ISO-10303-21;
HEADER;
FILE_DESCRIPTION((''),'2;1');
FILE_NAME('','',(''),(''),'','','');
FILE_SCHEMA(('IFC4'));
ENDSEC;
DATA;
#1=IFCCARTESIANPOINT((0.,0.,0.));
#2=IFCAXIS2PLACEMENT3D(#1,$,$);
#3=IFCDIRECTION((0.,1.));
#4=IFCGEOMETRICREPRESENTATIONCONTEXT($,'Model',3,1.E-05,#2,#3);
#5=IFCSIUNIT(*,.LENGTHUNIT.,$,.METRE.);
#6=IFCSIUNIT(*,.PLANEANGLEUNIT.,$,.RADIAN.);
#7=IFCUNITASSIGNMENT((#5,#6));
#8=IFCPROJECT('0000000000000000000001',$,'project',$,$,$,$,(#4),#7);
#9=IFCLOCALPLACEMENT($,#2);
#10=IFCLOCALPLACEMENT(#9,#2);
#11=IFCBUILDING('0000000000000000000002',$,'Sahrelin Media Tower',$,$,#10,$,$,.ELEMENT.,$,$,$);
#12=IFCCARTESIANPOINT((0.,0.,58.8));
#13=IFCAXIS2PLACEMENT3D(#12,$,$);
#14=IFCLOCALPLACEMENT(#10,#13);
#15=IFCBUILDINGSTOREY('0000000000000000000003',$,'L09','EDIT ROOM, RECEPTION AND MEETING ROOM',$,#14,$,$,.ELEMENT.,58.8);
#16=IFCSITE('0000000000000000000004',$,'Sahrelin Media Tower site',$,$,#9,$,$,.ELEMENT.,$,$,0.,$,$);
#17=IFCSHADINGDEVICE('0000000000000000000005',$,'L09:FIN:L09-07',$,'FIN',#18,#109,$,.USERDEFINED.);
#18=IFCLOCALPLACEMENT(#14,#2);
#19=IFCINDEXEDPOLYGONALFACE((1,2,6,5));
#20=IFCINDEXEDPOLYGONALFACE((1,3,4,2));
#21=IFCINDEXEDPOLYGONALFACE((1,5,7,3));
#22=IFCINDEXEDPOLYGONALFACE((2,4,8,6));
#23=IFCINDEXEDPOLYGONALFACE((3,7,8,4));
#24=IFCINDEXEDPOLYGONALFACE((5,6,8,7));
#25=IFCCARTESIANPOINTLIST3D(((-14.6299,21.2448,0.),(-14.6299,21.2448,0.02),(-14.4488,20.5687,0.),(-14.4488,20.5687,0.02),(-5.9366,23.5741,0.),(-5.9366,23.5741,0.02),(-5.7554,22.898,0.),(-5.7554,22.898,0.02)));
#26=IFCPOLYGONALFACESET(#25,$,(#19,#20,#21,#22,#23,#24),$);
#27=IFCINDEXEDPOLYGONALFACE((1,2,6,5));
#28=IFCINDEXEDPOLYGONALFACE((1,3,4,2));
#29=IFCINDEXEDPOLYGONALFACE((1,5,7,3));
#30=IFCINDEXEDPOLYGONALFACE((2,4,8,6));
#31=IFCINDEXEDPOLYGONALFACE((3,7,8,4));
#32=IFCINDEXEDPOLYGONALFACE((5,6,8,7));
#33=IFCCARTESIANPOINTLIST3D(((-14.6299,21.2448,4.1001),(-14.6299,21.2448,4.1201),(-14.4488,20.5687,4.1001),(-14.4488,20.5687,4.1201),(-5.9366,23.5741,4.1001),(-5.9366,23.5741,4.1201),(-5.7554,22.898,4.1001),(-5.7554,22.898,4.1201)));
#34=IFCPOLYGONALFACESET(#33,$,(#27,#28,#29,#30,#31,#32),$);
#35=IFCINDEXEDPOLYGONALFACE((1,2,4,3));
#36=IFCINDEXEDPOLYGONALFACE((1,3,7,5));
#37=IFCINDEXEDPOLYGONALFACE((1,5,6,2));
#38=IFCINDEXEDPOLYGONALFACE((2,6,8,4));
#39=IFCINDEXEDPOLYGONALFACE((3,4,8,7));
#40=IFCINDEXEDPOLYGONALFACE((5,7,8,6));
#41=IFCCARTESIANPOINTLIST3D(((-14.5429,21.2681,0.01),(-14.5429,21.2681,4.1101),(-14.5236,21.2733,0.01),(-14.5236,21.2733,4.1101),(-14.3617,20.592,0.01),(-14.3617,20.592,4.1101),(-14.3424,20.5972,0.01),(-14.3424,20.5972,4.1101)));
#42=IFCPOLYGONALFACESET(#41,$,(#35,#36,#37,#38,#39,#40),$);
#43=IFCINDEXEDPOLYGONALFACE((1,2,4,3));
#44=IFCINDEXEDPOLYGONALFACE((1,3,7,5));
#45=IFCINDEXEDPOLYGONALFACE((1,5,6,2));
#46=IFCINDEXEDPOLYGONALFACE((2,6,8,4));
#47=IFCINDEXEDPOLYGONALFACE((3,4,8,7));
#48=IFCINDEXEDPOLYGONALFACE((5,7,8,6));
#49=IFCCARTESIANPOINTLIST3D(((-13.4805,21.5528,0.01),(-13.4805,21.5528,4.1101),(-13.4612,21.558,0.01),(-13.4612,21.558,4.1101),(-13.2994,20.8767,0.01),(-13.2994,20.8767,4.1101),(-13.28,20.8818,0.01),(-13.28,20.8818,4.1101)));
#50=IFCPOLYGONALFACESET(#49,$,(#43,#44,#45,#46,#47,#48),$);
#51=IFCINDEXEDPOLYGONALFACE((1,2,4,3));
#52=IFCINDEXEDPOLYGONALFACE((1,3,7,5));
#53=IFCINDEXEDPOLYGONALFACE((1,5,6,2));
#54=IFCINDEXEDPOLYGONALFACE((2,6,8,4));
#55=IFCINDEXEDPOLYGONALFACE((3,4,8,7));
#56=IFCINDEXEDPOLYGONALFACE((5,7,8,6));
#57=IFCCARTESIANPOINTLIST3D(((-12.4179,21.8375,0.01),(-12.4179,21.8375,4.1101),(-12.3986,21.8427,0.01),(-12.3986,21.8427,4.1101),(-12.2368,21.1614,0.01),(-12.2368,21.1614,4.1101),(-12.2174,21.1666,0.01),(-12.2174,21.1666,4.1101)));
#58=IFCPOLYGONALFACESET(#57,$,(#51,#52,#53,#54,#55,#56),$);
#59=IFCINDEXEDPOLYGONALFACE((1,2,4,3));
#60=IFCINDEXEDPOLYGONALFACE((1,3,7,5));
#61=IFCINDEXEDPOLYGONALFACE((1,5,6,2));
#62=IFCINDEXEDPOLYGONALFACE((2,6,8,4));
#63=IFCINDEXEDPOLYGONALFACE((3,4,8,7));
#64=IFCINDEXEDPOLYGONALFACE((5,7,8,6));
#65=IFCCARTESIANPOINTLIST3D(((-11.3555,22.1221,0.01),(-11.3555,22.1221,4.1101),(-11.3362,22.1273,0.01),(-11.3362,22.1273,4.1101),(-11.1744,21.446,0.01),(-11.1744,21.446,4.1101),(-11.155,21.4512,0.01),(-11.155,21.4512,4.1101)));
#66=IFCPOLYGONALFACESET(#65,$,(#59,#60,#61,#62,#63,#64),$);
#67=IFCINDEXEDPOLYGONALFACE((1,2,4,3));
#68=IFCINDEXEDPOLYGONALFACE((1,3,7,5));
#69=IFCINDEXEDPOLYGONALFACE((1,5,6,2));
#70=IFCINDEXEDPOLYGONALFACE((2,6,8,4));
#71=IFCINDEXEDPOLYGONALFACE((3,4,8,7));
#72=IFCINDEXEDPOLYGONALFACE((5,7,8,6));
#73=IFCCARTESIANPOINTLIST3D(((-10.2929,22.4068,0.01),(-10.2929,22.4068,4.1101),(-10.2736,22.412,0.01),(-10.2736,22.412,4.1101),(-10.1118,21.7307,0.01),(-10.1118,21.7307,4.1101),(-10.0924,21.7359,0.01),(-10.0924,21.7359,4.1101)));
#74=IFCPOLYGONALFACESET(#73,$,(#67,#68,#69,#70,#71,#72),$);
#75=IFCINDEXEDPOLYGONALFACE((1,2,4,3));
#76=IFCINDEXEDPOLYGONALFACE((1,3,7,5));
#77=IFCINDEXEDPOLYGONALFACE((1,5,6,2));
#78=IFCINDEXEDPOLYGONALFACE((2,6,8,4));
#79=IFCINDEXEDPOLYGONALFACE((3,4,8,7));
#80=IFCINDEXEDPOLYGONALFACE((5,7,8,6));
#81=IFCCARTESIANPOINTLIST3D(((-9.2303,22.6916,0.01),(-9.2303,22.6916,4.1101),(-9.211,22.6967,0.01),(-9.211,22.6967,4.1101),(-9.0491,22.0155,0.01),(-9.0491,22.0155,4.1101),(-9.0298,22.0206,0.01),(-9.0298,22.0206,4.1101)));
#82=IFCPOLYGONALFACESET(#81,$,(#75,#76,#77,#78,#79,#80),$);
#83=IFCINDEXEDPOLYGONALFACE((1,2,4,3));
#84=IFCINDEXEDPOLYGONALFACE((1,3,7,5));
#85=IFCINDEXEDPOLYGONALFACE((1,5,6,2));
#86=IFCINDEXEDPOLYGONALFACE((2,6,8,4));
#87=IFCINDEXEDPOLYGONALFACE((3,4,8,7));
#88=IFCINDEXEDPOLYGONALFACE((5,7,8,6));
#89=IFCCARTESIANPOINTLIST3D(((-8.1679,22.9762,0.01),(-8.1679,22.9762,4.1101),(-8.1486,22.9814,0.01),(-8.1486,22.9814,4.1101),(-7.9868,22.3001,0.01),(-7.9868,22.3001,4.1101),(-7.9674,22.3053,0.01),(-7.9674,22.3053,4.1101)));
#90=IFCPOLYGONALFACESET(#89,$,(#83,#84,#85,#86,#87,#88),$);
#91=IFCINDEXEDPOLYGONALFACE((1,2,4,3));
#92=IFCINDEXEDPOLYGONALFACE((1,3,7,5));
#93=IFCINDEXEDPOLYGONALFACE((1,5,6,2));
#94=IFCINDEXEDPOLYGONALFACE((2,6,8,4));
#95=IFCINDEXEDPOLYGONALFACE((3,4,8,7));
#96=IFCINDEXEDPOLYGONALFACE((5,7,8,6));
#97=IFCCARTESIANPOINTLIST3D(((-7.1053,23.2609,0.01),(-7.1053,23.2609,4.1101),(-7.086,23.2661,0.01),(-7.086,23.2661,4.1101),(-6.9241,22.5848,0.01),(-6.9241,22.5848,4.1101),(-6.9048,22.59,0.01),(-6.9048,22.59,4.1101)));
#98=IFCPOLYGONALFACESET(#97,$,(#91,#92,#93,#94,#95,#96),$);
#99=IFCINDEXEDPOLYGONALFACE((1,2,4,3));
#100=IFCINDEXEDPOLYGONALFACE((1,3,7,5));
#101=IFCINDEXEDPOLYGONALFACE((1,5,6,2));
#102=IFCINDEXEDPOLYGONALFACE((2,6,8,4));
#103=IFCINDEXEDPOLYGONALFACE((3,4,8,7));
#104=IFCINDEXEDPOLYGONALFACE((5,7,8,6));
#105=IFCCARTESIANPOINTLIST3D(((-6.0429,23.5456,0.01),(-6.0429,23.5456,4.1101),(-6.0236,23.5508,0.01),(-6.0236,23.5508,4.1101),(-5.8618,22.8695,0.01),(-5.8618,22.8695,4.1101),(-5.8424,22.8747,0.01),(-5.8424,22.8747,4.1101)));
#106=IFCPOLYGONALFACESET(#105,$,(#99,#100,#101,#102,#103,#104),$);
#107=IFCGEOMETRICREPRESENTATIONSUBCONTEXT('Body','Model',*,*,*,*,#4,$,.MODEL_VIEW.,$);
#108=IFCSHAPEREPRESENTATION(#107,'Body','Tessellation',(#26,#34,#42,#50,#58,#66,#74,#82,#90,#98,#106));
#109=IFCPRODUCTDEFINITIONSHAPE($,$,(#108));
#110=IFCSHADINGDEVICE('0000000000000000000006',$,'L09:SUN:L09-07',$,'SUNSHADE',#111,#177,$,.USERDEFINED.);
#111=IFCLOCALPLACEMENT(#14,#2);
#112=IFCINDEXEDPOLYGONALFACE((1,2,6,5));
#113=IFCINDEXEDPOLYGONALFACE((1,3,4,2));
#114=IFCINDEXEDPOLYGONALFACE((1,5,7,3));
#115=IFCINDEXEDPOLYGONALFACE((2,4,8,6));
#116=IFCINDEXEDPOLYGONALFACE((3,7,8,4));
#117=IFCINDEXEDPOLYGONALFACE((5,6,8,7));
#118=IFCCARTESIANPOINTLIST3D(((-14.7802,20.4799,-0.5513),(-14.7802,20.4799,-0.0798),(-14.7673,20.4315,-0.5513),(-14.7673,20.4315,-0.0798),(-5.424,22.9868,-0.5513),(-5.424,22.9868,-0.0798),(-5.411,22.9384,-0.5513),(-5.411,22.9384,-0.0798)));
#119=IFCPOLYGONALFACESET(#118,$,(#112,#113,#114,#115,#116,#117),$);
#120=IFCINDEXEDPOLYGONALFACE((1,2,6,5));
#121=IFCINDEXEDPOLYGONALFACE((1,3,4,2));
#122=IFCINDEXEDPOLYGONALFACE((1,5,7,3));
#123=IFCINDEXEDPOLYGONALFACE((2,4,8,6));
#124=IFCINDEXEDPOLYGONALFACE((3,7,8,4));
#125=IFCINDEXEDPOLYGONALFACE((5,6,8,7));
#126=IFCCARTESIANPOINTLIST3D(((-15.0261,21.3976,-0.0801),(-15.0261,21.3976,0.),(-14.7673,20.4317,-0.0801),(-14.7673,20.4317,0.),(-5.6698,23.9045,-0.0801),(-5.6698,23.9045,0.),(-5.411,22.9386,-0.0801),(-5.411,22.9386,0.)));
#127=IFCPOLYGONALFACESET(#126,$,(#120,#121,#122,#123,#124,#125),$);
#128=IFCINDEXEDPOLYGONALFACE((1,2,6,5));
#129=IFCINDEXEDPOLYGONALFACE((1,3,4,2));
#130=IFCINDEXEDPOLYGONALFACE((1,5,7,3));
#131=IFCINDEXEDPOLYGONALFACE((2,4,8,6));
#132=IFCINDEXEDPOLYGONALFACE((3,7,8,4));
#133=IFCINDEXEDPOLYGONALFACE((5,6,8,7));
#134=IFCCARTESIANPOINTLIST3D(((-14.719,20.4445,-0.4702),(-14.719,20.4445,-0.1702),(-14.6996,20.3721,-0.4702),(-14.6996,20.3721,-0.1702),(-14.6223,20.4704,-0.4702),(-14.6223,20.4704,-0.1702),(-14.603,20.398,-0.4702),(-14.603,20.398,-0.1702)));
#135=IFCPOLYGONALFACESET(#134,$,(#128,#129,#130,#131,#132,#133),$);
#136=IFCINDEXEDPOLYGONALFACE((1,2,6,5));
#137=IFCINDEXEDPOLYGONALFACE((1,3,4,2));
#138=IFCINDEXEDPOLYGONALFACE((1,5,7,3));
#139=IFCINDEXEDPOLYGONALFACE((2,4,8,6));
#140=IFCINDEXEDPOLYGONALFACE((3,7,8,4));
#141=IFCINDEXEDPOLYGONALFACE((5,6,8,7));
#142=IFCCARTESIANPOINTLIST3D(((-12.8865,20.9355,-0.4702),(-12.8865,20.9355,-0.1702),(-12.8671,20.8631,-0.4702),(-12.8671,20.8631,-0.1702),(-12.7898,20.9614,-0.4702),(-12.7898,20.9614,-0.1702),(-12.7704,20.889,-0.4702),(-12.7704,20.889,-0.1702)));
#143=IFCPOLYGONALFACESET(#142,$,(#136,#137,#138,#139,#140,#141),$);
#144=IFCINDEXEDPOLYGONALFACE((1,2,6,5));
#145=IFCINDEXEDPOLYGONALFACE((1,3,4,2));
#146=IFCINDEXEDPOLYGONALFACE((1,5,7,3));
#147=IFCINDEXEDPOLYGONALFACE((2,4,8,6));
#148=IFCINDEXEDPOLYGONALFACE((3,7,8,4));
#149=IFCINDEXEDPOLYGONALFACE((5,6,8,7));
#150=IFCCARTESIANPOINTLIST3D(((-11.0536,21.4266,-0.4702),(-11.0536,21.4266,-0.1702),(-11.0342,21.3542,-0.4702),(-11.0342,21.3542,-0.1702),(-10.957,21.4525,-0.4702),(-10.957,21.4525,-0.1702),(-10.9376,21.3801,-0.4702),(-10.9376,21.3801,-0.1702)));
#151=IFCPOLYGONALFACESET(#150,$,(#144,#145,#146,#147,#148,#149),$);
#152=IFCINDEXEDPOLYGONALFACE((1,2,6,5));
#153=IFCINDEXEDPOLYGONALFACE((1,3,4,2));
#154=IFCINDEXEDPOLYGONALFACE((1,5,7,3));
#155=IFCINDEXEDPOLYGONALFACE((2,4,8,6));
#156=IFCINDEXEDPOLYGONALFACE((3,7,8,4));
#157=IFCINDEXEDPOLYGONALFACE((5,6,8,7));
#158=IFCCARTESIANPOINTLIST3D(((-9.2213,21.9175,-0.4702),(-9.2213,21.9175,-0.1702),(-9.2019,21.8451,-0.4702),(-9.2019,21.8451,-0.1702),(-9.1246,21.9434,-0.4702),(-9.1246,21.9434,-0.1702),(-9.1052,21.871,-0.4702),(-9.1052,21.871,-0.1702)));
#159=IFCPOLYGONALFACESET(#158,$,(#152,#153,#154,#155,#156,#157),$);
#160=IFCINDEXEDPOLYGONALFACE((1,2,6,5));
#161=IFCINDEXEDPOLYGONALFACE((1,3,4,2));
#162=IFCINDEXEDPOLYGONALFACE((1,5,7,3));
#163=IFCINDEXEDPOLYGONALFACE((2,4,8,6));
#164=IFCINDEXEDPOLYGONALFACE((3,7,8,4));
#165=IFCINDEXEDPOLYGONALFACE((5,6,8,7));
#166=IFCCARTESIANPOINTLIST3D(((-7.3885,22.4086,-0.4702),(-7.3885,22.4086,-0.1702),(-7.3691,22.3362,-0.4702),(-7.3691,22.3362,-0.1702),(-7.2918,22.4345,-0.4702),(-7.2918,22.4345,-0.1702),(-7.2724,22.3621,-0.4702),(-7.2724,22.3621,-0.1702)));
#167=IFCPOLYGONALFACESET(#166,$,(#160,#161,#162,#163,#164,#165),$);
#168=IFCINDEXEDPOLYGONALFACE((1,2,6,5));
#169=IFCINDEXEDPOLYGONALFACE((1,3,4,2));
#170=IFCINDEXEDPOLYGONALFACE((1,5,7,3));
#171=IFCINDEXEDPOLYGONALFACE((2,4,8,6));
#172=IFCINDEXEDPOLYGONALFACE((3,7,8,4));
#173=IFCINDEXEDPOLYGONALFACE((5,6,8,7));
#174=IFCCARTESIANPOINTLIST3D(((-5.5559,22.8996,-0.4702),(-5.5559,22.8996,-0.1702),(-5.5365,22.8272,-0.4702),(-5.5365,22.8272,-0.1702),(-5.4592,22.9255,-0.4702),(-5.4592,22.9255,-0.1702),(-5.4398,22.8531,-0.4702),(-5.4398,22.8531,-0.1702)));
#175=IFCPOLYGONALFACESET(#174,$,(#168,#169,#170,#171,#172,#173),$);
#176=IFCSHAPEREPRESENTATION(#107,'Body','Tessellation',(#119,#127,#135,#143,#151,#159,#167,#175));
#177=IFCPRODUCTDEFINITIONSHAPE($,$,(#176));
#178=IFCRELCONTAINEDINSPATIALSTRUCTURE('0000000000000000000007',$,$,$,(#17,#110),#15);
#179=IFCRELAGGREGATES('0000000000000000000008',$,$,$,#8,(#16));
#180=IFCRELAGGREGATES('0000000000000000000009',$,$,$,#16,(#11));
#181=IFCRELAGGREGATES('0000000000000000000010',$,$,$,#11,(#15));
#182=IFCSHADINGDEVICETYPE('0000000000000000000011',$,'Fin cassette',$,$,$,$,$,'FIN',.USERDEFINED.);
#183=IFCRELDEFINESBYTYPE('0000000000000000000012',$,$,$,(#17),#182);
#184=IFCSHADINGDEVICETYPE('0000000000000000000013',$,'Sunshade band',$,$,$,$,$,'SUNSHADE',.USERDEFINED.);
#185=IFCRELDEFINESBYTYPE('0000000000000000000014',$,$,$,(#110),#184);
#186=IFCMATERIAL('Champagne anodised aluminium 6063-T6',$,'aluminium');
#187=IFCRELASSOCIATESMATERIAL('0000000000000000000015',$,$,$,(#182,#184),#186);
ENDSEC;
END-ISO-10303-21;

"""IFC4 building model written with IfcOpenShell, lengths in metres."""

from ifc_helpers import new_model, si_unit, direction, frame, origin, origin_2d, place, context, subcontext, project, spatial, rectangle, extrude, material, type_object, element, save


model = new_model("IFC4")

# Units and contexts
model_context = context("Model", 3, precision=1e-05, world=origin(), true_north=direction((0.0, 1.0)))
body_context = subcontext(model_context, "Body", "Model", "MODEL_VIEW")
ifc_project = project(units=[si_unit("LENGTHUNIT", "METRE"), si_unit("PLANEANGLEUNIT", "RADIAN")], contexts=[model_context])

# Site, building, storey
site_placement = place(None, origin())
site = spatial("IfcSite", under=ifc_project, at=site_placement, Name="Sahrelin Media Tower site", CompositionType="ELEMENT", RefElevation=0.0)
building_placement = place(site_placement, origin())
building = spatial("IfcBuilding", under=site, at=building_placement, Name="Sahrelin Media Tower", CompositionType="ELEMENT")
storey_placement = place(building_placement, frame((0.0, 0.0, 58.8)))
storey = spatial("IfcBuildingStorey", under=building, at=storey_placement, Name="L09", Description="EDIT ROOM, RECEPTION AND MEETING ROOM", CompositionType="ELEMENT", Elevation=58.8)

# Shared definitions
ifc_material_1 = material(Name="Champagne anodised aluminium 6063-T6", Category="aluminium")

# Shading devices
shading_device_type_1 = type_object("IfcShadingDeviceType", Name="Fin cassette", ElementType="FIN", PredefinedType="USERDEFINED", material=ifc_material_1)
placement = place(storey_placement, frame((-10.084, 21.6658, 0.0), z_axis=(0.0, 0.0, 1.0), x_axis=(0.965929, 0.258808, 0.0)))
element("IfcShadingDevice", 1, at=placement, inside=storey, type_object=shading_device_type_1, Name="L09:FIN:L09-07", ObjectType="FIN", PredefinedType="USERDEFINED", context=body_context, shape_type="SweptSolid", body=[
    extrude(rectangle(XDim=9.0, YDim=0.7, at=origin_2d()), frame((0.0, 0.4199, 0.0)), (0.0, 0.0, 1.0), 0.02),
    extrude(rectangle(XDim=9.0, YDim=0.7, at=origin_2d()), frame((0.0, 0.4199, 4.1001)), (0.0, 0.0, 1.0), 0.02),
    extrude(rectangle(XDim=0.02, YDim=0.7, at=origin_2d()), frame((-4.3999, 0.4199, 0.01), z_axis=(0.0, 0.0, 1.0), x_axis=(1.0, 0.0, 0.0)), (0.0, 0.0, 1.0), 4.1001),
    extrude(rectangle(XDim=0.02, YDim=0.7, at=origin_2d()), frame((-3.3, 0.4199, 0.01), z_axis=(0.0, 0.0, 1.0), x_axis=(1.0, 0.0, 0.0)), (0.0, 0.0, 1.0), 4.1001),
    extrude(rectangle(XDim=0.02, YDim=0.7, at=origin_2d()), frame((-2.2, 0.4199, 0.01), z_axis=(0.0, 0.0, 1.0), x_axis=(1.0, 0.0, 0.0)), (0.0, 0.0, 1.0), 4.1001),
    extrude(rectangle(XDim=0.02, YDim=0.7, at=origin_2d()), frame((-1.1001, 0.4199, 0.01), z_axis=(0.0, 0.0, 1.0), x_axis=(1.0, 0.0, 0.0)), (0.0, 0.0, 1.0), 4.1001),
    extrude(rectangle(XDim=0.02, YDim=0.7, at=origin_2d()), frame((0.0, 0.4199, 0.01), z_axis=(0.0, 0.0, 1.0), x_axis=(1.0, 0.0, 0.0)), (0.0, 0.0, 1.0), 4.1001),
    extrude(rectangle(XDim=0.02, YDim=0.7, at=origin_2d()), frame((1.1001, 0.4199, 0.01), z_axis=(0.0, 0.0, 1.0), x_axis=(1.0, 0.0, 0.0)), (0.0, 0.0, 1.0), 4.1001),
    extrude(rectangle(XDim=0.02, YDim=0.7, at=origin_2d()), frame((2.2, 0.4199, 0.01), z_axis=(0.0, 0.0, 1.0), x_axis=(1.0, 0.0, 0.0)), (0.0, 0.0, 1.0), 4.1001),
    extrude(rectangle(XDim=0.02, YDim=0.7, at=origin_2d()), frame((3.3, 0.4199, 0.01), z_axis=(0.0, 0.0, 1.0), x_axis=(1.0, 0.0, 0.0)), (0.0, 0.0, 1.0), 4.1001),
    extrude(rectangle(XDim=0.02, YDim=0.7, at=origin_2d()), frame((4.3999, 0.4199, 0.01), z_axis=(0.0, 0.0, 1.0), x_axis=(1.0, 0.0, 0.0)), (0.0, 0.0, 1.0), 4.1001),
])
shading_device_type_2 = type_object("IfcShadingDeviceType", Name="Sunshade band", ElementType="SUNSHADE", PredefinedType="USERDEFINED", material=ifc_material_1)
element("IfcShadingDevice", 2, at=placement, inside=storey, type_object=shading_device_type_2, Name="L09:SUN:L09-07", ObjectType="SUNSHADE", PredefinedType="USERDEFINED", context=body_context, shape_type="SweptSolid", body=[
    extrude(rectangle(XDim=9.6863, YDim=0.05, at=origin_2d()), frame((0.0, 0.0449, -0.5513)), (0.0, 0.0, 1.0), 0.4714),
    extrude(rectangle(XDim=9.6863, YDim=1.0, at=origin_2d()), frame((0.0, 0.52, -0.0801)), (0.0, 0.0, 1.0), 0.0801),
    extrude(rectangle(XDim=0.1001, YDim=0.075, at=origin_2d()), frame((-4.7432, -0.0176, -0.4702)), (0.0, 0.0, 1.0), 0.3),
    extrude(rectangle(XDim=0.1001, YDim=0.075, at=origin_2d()), frame((-2.8459, -0.0176, -0.4702)), (0.0, 0.0, 1.0), 0.3),
    extrude(rectangle(XDim=0.1001, YDim=0.075, at=origin_2d()), frame((-0.9485, -0.0176, -0.4702)), (0.0, 0.0, 1.0), 0.3),
    extrude(rectangle(XDim=0.1001, YDim=0.075, at=origin_2d()), frame((0.9485, -0.0176, -0.4702)), (0.0, 0.0, 1.0), 0.3),
    extrude(rectangle(XDim=0.1001, YDim=0.075, at=origin_2d()), frame((2.8459, -0.0176, -0.4702)), (0.0, 0.0, 1.0), 0.3),
    extrude(rectangle(XDim=0.1001, YDim=0.075, at=origin_2d()), frame((4.7432, -0.0176, -0.4702)), (0.0, 0.0, 1.0), 0.3),
])

save(model, "model.ifc")
